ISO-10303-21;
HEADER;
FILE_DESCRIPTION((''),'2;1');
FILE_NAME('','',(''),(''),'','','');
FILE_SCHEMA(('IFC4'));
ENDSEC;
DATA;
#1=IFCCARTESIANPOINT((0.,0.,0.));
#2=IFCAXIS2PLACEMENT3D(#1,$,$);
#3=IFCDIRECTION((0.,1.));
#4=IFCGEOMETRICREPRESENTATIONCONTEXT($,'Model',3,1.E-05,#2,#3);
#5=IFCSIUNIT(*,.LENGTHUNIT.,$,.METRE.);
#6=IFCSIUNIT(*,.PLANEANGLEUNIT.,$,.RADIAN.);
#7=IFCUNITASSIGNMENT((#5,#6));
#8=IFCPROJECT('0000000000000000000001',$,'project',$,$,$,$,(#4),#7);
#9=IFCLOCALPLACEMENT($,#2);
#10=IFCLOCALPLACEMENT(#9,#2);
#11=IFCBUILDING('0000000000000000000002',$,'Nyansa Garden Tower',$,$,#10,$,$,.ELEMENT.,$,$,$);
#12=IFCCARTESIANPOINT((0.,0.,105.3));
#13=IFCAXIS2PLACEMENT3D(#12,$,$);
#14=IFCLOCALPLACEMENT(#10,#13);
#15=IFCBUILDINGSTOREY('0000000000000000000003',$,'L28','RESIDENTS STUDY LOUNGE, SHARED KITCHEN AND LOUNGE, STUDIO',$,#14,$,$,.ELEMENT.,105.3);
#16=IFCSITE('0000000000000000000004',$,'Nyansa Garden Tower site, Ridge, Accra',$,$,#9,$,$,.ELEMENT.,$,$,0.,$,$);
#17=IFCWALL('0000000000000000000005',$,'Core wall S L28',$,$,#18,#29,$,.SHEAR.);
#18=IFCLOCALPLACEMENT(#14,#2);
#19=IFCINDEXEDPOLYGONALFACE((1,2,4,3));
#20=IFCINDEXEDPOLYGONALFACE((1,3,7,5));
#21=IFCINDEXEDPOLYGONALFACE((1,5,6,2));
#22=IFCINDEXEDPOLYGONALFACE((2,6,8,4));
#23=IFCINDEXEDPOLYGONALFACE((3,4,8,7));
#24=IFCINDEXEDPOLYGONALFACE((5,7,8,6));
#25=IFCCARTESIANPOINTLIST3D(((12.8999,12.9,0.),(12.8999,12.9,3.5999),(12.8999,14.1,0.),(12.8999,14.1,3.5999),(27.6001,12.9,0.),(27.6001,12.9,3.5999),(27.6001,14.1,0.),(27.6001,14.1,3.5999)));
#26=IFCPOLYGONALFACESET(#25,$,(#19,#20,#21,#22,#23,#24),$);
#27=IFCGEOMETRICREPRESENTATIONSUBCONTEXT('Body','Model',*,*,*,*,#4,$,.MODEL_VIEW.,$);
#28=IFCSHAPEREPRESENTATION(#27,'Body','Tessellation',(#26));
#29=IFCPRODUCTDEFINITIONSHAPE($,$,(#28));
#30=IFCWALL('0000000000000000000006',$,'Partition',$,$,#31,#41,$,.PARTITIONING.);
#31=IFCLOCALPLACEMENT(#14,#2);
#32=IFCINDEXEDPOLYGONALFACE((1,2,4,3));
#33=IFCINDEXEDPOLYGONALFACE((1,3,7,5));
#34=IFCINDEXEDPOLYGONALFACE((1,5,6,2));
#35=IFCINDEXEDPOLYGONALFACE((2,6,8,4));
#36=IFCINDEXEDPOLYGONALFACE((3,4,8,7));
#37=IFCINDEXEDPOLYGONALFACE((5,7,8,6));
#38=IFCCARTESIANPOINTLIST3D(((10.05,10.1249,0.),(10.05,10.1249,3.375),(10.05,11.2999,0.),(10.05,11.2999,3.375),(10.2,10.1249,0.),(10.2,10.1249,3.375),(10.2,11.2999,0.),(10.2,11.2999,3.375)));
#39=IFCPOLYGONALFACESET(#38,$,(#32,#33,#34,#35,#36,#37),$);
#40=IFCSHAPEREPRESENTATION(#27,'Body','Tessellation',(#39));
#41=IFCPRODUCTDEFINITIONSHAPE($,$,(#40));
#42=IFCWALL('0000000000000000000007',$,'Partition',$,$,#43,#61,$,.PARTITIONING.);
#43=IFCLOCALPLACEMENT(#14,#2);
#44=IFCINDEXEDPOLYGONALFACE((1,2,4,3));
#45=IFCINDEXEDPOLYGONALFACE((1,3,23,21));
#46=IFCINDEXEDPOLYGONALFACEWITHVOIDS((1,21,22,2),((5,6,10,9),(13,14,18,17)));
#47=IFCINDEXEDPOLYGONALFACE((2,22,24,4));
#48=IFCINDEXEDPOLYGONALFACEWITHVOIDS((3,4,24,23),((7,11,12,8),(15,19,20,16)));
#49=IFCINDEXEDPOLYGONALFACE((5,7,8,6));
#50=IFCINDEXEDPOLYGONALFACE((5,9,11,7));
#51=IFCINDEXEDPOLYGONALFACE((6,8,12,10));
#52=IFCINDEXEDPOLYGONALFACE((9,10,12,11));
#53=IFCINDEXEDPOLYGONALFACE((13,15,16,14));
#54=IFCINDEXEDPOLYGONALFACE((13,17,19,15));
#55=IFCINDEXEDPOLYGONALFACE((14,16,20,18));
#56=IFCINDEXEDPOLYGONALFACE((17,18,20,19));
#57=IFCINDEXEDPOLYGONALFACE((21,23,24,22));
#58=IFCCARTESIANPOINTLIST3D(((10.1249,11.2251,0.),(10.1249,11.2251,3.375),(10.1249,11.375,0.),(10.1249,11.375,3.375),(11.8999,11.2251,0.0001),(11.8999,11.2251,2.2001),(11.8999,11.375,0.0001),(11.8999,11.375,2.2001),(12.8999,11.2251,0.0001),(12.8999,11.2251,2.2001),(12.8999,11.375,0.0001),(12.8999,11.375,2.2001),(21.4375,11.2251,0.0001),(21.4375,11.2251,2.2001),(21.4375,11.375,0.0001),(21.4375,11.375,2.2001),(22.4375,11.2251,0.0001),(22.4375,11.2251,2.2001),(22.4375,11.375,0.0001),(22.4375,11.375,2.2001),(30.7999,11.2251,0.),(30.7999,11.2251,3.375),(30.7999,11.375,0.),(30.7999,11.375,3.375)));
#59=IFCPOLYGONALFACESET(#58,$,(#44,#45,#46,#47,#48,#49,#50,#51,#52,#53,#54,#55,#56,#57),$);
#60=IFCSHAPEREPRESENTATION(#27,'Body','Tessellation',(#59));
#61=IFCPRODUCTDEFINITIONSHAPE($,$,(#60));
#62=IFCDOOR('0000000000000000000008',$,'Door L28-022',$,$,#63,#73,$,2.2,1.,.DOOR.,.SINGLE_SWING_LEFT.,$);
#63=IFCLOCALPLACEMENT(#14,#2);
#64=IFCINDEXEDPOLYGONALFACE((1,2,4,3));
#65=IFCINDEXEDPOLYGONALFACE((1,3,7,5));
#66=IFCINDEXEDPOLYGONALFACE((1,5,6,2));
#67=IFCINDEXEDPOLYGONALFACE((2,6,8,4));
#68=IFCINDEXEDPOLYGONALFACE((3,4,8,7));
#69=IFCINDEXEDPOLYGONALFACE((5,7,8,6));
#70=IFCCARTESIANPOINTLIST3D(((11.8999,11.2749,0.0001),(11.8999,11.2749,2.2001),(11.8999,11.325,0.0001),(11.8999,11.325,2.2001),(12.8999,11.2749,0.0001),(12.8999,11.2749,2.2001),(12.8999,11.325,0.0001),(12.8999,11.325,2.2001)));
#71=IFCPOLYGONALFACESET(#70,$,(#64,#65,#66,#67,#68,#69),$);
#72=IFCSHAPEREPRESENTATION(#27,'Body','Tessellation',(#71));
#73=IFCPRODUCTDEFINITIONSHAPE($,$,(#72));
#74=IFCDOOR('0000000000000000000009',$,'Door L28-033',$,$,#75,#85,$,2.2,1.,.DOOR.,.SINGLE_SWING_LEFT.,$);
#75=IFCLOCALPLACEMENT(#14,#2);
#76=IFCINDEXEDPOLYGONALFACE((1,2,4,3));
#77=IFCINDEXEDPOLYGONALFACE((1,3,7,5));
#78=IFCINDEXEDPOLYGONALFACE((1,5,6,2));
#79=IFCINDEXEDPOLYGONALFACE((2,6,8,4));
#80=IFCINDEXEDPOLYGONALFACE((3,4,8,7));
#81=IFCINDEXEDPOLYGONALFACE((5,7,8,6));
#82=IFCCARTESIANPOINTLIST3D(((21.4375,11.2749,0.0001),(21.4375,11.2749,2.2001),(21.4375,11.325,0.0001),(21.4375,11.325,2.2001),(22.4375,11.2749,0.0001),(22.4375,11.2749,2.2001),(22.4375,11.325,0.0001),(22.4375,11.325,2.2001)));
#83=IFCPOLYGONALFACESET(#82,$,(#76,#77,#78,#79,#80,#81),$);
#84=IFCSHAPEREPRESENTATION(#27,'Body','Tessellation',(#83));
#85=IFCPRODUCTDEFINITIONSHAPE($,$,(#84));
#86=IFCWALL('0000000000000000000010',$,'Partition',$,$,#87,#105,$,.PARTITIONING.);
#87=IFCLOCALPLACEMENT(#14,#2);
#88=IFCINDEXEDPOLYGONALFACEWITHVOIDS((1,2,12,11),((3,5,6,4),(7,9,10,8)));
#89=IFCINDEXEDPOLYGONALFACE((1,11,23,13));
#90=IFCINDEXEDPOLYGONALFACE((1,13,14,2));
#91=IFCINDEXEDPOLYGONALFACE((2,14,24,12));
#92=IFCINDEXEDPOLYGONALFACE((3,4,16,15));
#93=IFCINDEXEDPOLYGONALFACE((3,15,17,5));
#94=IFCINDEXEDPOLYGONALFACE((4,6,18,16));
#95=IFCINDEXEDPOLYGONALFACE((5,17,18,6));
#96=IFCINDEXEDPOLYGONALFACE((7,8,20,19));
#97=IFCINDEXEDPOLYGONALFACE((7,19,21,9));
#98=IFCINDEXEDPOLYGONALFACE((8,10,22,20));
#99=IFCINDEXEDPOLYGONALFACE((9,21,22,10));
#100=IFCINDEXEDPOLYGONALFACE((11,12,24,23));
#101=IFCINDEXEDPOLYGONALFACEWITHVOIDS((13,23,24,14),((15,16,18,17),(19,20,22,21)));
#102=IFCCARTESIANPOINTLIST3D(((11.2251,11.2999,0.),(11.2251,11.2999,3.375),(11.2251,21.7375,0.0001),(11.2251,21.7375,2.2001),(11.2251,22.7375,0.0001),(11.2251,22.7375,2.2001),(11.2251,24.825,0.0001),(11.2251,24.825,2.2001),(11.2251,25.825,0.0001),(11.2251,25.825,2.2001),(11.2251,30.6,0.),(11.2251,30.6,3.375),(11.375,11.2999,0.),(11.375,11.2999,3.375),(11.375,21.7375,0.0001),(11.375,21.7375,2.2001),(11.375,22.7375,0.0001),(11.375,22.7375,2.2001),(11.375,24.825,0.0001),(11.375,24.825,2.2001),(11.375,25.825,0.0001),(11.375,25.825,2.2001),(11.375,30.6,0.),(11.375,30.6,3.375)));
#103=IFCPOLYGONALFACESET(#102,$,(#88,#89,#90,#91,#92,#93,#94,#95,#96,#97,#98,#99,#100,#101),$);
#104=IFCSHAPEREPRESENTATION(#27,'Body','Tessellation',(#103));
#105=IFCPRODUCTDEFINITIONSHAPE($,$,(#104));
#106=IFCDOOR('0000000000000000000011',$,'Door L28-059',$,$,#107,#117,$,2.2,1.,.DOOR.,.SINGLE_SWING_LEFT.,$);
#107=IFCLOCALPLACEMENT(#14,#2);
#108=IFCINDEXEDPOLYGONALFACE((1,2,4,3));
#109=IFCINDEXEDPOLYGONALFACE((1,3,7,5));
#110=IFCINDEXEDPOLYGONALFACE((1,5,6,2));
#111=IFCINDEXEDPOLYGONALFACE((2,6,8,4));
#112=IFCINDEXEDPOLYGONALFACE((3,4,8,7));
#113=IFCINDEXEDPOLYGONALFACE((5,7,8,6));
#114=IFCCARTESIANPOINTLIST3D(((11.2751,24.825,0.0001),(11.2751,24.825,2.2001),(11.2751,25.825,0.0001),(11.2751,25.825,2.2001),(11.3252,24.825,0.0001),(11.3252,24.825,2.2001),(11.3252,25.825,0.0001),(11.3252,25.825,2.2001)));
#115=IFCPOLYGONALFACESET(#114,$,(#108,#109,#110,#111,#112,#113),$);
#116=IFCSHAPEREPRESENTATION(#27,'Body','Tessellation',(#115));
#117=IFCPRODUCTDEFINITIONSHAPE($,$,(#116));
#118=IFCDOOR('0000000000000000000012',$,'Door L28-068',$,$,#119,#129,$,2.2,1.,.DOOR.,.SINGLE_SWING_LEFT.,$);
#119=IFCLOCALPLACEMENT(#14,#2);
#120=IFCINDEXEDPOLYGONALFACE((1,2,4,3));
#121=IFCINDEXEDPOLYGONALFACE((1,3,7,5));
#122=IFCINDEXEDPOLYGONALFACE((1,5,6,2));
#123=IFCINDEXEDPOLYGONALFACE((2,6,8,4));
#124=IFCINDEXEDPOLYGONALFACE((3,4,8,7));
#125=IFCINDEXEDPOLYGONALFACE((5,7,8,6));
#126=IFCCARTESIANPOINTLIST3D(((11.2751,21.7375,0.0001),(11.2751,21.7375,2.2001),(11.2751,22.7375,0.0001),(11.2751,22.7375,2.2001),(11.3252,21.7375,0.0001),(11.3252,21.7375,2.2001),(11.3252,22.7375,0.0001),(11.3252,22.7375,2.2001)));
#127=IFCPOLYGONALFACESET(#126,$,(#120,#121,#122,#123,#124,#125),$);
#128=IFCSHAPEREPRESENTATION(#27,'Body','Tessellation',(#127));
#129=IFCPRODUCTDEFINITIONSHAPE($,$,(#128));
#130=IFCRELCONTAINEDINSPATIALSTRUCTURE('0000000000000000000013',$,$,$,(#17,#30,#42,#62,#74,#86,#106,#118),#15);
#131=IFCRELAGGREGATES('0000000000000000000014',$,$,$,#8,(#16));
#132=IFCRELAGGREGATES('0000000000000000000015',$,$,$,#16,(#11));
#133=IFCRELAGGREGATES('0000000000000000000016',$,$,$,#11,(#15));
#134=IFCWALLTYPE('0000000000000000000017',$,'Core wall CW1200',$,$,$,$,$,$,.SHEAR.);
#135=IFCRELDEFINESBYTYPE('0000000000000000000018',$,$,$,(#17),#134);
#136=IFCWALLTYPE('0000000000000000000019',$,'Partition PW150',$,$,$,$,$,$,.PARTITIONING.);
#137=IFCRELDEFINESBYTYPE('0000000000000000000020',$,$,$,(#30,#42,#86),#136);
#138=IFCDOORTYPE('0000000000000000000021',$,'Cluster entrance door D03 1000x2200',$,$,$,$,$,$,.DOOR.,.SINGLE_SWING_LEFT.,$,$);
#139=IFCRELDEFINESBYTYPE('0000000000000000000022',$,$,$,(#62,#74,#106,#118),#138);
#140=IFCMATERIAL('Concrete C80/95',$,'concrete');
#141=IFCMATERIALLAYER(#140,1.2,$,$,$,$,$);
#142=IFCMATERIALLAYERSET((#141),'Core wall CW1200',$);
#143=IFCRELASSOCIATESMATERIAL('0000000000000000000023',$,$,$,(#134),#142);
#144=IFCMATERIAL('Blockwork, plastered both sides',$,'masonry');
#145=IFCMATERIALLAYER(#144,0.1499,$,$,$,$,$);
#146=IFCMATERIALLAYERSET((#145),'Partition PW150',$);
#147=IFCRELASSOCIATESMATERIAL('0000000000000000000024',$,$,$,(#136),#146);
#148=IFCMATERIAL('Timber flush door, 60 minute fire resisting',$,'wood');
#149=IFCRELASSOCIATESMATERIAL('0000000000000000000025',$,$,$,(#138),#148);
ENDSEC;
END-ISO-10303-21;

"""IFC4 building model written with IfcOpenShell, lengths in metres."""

from ifc_helpers import new_model, si_unit, direction, frame, frame_2d, origin, place, context, subcontext, project, spatial, rectangle, extrude, material, layer, layer_set, type_object, element, fill, save


model = new_model("IFC4")

# Units and contexts
model_context = context("Model", 3, precision=1e-05, world=origin(), true_north=direction((0.0, 1.0)))
body_context = subcontext(model_context, "Body", "Model", "MODEL_VIEW")
ifc_project = project(units=[si_unit("LENGTHUNIT", "METRE"), si_unit("PLANEANGLEUNIT", "RADIAN")], contexts=[model_context])

# Site, building, storey
site_placement = place(None, origin())
site = spatial("IfcSite", under=ifc_project, at=site_placement, Name="Nyansa Garden Tower site, Ridge, Accra", CompositionType="ELEMENT", RefElevation=0.0)
building_placement = place(site_placement, origin())
building = spatial("IfcBuilding", under=site, at=building_placement, Name="Nyansa Garden Tower", CompositionType="ELEMENT")
storey_placement = place(building_placement, frame((0.0, 0.0, 105.3)))
storey = spatial("IfcBuildingStorey", under=building, at=storey_placement, Name="L28", Description="RESIDENTS STUDY LOUNGE, SHARED KITCHEN AND LOUNGE, STUDIO", CompositionType="ELEMENT", Elevation=105.3)

# Walls
ifc_material_1 = material(Name="Concrete C80/95", Category="concrete")
ifc_layer_1 = layer(ifc_material_1, 1.2)
ifc_layer_set_1 = layer_set([ifc_layer_1], Name="Core wall CW1200")
wall_type_1 = type_object("IfcWallType", Name="Core wall CW1200", PredefinedType="SHEAR", material=ifc_layer_set_1)
wall_1_placement = place(storey_placement, frame((12.8999, 13.5, 0.0), z_axis=(0.0, 0.0, 1.0), x_axis=(1.0, 0.0, 0.0)))
element("IfcWall", 1, at=wall_1_placement, inside=storey, type_object=wall_type_1, Name="Core wall S L28", PredefinedType="SHEAR", context=body_context, shape_type="SweptSolid", body=[
    extrude(rectangle(XDim=14.7002, YDim=1.2, at=frame_2d((7.3501, 0.0))), origin(), (0.0, 0.0, 1.0), 3.5999),
])
ifc_material_2 = material(Name="Blockwork, plastered both sides", Category="masonry")
ifc_layer_2 = layer(ifc_material_2, 0.1499)
ifc_layer_set_2 = layer_set([ifc_layer_2], Name="Partition PW150")
wall_type_2 = type_object("IfcWallType", Name="Partition PW150", PredefinedType="PARTITIONING", material=ifc_layer_set_2)
wall_2_placement = place(storey_placement, frame((10.125, 10.125, 0.0), z_axis=(0.0, 0.0, 1.0), x_axis=(0.0, 1.0, 0.0)))
element("IfcWall", 2, at=wall_2_placement, inside=storey, type_object=wall_type_2, Name="Partition", PredefinedType="PARTITIONING", context=body_context, shape_type="SweptSolid", body=[
    extrude(rectangle(XDim=1.175, YDim=0.1499, at=frame_2d((0.5874, 0.0))), origin(), (0.0, 0.0, 1.0), 3.375),
])

# Walls, openings, doors
wall_3_placement = place(storey_placement, frame((10.125, 11.3, 0.0), z_axis=(0.0, 0.0, 1.0), x_axis=(1.0, 0.0, 0.0)))
wall_3 = element("IfcWall", 3, at=wall_3_placement, inside=storey, type_object=wall_type_2, Name="Partition", PredefinedType="PARTITIONING", context=body_context, shape_type="SweptSolid", body=[
    extrude(rectangle(XDim=20.675, YDim=0.1499, at=frame_2d((10.3374, 0.0))), origin(), (0.0, 0.0, 1.0), 3.375),
])
opening_1_placement = place(wall_3_placement, frame((1.7749, 0.0, 0.0)))
opening_1 = element("IfcOpeningElement", 4, at=opening_1_placement, cuts=wall_3, PredefinedType="OPENING", context=body_context, shape_type="SweptSolid", body=[
    extrude(rectangle(XDim=1.0, YDim=2.2, at=frame_2d((0.5, 1.1001))), frame((0.0, 0.085, 0.0), z_axis=(0.0, -1.0, 0.0), x_axis=(1.0, 0.0, 0.0)), (0.0, 0.0, 1.0), 0.1699),
])
opening_2_placement = place(wall_3_placement, frame((11.3125, 0.0, 0.0)))
opening_2 = element("IfcOpeningElement", 5, at=opening_2_placement, cuts=wall_3, PredefinedType="OPENING", context=body_context, shape_type="SweptSolid", body=[
    extrude(rectangle(XDim=1.0, YDim=2.2, at=frame_2d((0.5, 1.1001))), frame((0.0, 0.085, 0.0), z_axis=(0.0, -1.0, 0.0), x_axis=(1.0, 0.0, 0.0)), (0.0, 0.0, 1.0), 0.1699),
])
ifc_material_3 = material(Name="Timber flush door, 60 minute fire resisting", Category="wood")
door_type = type_object("IfcDoorType", Name="Cluster entrance door D03 1000x2200", OperationType="SINGLE_SWING_LEFT", PredefinedType="DOOR", material=ifc_material_3)
door_1_placement = place(opening_1_placement, origin())
door_1 = element("IfcDoor", 6, at=door_1_placement, inside=storey, type_object=door_type, Name="Door L28-022", OperationType="SINGLE_SWING_LEFT", OverallHeight=2.2, OverallWidth=1.0, PredefinedType="DOOR", context=body_context, shape_type="SweptSolid", body=[
    extrude(rectangle(XDim=1.0, YDim=2.2, at=frame_2d((0.5, 1.1001))), frame((0.0, 0.0249, 0.0), z_axis=(0.0, -1.0, 0.0), x_axis=(1.0, 0.0, 0.0)), (0.0, 0.0, 1.0), 0.05),
])
fill(opening_1, door_1)
door_2_placement = place(opening_2_placement, origin())
door_2 = element("IfcDoor", 7, at=door_2_placement, inside=storey, type_object=door_type, Name="Door L28-033", OperationType="SINGLE_SWING_LEFT", OverallHeight=2.2, OverallWidth=1.0, PredefinedType="DOOR", context=body_context, shape_type="SweptSolid", body=[
    extrude(rectangle(XDim=1.0, YDim=2.2, at=frame_2d((0.5, 1.1001))), frame((0.0, 0.0249, 0.0), z_axis=(0.0, -1.0, 0.0), x_axis=(1.0, 0.0, 0.0)), (0.0, 0.0, 1.0), 0.05),
])
fill(opening_2, door_2)
wall_4_placement = place(storey_placement, frame((11.3, 11.3, 0.0), z_axis=(0.0, 0.0, 1.0), x_axis=(0.0, 1.0, 0.0)))
wall_4 = element("IfcWall", 8, at=wall_4_placement, inside=storey, type_object=wall_type_2, Name="Partition", PredefinedType="PARTITIONING", context=body_context, shape_type="SweptSolid", body=[
    extrude(rectangle(XDim=19.3, YDim=0.1499, at=frame_2d((9.6499, 0.0))), origin(), (0.0, 0.0, 1.0), 3.375),
])
opening_3_placement = place(wall_4_placement, frame((13.5249, 0.0, 0.0)))
opening_3 = element("IfcOpeningElement", 9, at=opening_3_placement, cuts=wall_4, PredefinedType="OPENING", context=body_context, shape_type="SweptSolid", body=[
    extrude(rectangle(XDim=1.0, YDim=2.2, at=frame_2d((0.5, 1.1001))), frame((0.0, 0.085, 0.0), z_axis=(0.0, -1.0, 0.0), x_axis=(1.0, 0.0, 0.0)), (0.0, 0.0, 1.0), 0.1699),
])
opening_4_placement = place(wall_4_placement, frame((10.4375, 0.0, 0.0)))
opening_4 = element("IfcOpeningElement", 10, at=opening_4_placement, cuts=wall_4, PredefinedType="OPENING", context=body_context, shape_type="SweptSolid", body=[
    extrude(rectangle(XDim=1.0, YDim=2.2, at=frame_2d((0.5, 1.1001))), frame((0.0, 0.085, 0.0), z_axis=(0.0, -1.0, 0.0), x_axis=(1.0, 0.0, 0.0)), (0.0, 0.0, 1.0), 0.1699),
])
door_3_placement = place(opening_3_placement, origin())
door_3 = element("IfcDoor", 11, at=door_3_placement, inside=storey, type_object=door_type, Name="Door L28-059", OperationType="SINGLE_SWING_LEFT", OverallHeight=2.2, OverallWidth=1.0, PredefinedType="DOOR", context=body_context, shape_type="SweptSolid", body=[
    extrude(rectangle(XDim=1.0, YDim=2.2, at=frame_2d((0.5, 1.1001))), frame((0.0, 0.0249, 0.0), z_axis=(0.0, -1.0, 0.0), x_axis=(1.0, 0.0, 0.0)), (0.0, 0.0, 1.0), 0.05),
])
fill(opening_3, door_3)
door_4_placement = place(opening_4_placement, origin())
door_4 = element("IfcDoor", 12, at=door_4_placement, inside=storey, type_object=door_type, Name="Door L28-068", OperationType="SINGLE_SWING_LEFT", OverallHeight=2.2, OverallWidth=1.0, PredefinedType="DOOR", context=body_context, shape_type="SweptSolid", body=[
    extrude(rectangle(XDim=1.0, YDim=2.2, at=frame_2d((0.5, 1.1001))), frame((0.0, 0.0249, 0.0), z_axis=(0.0, -1.0, 0.0), x_axis=(1.0, 0.0, 0.0)), (0.0, 0.0, 1.0), 0.05),
])
fill(opening_4, door_4)

save(model, "model.ifc")
